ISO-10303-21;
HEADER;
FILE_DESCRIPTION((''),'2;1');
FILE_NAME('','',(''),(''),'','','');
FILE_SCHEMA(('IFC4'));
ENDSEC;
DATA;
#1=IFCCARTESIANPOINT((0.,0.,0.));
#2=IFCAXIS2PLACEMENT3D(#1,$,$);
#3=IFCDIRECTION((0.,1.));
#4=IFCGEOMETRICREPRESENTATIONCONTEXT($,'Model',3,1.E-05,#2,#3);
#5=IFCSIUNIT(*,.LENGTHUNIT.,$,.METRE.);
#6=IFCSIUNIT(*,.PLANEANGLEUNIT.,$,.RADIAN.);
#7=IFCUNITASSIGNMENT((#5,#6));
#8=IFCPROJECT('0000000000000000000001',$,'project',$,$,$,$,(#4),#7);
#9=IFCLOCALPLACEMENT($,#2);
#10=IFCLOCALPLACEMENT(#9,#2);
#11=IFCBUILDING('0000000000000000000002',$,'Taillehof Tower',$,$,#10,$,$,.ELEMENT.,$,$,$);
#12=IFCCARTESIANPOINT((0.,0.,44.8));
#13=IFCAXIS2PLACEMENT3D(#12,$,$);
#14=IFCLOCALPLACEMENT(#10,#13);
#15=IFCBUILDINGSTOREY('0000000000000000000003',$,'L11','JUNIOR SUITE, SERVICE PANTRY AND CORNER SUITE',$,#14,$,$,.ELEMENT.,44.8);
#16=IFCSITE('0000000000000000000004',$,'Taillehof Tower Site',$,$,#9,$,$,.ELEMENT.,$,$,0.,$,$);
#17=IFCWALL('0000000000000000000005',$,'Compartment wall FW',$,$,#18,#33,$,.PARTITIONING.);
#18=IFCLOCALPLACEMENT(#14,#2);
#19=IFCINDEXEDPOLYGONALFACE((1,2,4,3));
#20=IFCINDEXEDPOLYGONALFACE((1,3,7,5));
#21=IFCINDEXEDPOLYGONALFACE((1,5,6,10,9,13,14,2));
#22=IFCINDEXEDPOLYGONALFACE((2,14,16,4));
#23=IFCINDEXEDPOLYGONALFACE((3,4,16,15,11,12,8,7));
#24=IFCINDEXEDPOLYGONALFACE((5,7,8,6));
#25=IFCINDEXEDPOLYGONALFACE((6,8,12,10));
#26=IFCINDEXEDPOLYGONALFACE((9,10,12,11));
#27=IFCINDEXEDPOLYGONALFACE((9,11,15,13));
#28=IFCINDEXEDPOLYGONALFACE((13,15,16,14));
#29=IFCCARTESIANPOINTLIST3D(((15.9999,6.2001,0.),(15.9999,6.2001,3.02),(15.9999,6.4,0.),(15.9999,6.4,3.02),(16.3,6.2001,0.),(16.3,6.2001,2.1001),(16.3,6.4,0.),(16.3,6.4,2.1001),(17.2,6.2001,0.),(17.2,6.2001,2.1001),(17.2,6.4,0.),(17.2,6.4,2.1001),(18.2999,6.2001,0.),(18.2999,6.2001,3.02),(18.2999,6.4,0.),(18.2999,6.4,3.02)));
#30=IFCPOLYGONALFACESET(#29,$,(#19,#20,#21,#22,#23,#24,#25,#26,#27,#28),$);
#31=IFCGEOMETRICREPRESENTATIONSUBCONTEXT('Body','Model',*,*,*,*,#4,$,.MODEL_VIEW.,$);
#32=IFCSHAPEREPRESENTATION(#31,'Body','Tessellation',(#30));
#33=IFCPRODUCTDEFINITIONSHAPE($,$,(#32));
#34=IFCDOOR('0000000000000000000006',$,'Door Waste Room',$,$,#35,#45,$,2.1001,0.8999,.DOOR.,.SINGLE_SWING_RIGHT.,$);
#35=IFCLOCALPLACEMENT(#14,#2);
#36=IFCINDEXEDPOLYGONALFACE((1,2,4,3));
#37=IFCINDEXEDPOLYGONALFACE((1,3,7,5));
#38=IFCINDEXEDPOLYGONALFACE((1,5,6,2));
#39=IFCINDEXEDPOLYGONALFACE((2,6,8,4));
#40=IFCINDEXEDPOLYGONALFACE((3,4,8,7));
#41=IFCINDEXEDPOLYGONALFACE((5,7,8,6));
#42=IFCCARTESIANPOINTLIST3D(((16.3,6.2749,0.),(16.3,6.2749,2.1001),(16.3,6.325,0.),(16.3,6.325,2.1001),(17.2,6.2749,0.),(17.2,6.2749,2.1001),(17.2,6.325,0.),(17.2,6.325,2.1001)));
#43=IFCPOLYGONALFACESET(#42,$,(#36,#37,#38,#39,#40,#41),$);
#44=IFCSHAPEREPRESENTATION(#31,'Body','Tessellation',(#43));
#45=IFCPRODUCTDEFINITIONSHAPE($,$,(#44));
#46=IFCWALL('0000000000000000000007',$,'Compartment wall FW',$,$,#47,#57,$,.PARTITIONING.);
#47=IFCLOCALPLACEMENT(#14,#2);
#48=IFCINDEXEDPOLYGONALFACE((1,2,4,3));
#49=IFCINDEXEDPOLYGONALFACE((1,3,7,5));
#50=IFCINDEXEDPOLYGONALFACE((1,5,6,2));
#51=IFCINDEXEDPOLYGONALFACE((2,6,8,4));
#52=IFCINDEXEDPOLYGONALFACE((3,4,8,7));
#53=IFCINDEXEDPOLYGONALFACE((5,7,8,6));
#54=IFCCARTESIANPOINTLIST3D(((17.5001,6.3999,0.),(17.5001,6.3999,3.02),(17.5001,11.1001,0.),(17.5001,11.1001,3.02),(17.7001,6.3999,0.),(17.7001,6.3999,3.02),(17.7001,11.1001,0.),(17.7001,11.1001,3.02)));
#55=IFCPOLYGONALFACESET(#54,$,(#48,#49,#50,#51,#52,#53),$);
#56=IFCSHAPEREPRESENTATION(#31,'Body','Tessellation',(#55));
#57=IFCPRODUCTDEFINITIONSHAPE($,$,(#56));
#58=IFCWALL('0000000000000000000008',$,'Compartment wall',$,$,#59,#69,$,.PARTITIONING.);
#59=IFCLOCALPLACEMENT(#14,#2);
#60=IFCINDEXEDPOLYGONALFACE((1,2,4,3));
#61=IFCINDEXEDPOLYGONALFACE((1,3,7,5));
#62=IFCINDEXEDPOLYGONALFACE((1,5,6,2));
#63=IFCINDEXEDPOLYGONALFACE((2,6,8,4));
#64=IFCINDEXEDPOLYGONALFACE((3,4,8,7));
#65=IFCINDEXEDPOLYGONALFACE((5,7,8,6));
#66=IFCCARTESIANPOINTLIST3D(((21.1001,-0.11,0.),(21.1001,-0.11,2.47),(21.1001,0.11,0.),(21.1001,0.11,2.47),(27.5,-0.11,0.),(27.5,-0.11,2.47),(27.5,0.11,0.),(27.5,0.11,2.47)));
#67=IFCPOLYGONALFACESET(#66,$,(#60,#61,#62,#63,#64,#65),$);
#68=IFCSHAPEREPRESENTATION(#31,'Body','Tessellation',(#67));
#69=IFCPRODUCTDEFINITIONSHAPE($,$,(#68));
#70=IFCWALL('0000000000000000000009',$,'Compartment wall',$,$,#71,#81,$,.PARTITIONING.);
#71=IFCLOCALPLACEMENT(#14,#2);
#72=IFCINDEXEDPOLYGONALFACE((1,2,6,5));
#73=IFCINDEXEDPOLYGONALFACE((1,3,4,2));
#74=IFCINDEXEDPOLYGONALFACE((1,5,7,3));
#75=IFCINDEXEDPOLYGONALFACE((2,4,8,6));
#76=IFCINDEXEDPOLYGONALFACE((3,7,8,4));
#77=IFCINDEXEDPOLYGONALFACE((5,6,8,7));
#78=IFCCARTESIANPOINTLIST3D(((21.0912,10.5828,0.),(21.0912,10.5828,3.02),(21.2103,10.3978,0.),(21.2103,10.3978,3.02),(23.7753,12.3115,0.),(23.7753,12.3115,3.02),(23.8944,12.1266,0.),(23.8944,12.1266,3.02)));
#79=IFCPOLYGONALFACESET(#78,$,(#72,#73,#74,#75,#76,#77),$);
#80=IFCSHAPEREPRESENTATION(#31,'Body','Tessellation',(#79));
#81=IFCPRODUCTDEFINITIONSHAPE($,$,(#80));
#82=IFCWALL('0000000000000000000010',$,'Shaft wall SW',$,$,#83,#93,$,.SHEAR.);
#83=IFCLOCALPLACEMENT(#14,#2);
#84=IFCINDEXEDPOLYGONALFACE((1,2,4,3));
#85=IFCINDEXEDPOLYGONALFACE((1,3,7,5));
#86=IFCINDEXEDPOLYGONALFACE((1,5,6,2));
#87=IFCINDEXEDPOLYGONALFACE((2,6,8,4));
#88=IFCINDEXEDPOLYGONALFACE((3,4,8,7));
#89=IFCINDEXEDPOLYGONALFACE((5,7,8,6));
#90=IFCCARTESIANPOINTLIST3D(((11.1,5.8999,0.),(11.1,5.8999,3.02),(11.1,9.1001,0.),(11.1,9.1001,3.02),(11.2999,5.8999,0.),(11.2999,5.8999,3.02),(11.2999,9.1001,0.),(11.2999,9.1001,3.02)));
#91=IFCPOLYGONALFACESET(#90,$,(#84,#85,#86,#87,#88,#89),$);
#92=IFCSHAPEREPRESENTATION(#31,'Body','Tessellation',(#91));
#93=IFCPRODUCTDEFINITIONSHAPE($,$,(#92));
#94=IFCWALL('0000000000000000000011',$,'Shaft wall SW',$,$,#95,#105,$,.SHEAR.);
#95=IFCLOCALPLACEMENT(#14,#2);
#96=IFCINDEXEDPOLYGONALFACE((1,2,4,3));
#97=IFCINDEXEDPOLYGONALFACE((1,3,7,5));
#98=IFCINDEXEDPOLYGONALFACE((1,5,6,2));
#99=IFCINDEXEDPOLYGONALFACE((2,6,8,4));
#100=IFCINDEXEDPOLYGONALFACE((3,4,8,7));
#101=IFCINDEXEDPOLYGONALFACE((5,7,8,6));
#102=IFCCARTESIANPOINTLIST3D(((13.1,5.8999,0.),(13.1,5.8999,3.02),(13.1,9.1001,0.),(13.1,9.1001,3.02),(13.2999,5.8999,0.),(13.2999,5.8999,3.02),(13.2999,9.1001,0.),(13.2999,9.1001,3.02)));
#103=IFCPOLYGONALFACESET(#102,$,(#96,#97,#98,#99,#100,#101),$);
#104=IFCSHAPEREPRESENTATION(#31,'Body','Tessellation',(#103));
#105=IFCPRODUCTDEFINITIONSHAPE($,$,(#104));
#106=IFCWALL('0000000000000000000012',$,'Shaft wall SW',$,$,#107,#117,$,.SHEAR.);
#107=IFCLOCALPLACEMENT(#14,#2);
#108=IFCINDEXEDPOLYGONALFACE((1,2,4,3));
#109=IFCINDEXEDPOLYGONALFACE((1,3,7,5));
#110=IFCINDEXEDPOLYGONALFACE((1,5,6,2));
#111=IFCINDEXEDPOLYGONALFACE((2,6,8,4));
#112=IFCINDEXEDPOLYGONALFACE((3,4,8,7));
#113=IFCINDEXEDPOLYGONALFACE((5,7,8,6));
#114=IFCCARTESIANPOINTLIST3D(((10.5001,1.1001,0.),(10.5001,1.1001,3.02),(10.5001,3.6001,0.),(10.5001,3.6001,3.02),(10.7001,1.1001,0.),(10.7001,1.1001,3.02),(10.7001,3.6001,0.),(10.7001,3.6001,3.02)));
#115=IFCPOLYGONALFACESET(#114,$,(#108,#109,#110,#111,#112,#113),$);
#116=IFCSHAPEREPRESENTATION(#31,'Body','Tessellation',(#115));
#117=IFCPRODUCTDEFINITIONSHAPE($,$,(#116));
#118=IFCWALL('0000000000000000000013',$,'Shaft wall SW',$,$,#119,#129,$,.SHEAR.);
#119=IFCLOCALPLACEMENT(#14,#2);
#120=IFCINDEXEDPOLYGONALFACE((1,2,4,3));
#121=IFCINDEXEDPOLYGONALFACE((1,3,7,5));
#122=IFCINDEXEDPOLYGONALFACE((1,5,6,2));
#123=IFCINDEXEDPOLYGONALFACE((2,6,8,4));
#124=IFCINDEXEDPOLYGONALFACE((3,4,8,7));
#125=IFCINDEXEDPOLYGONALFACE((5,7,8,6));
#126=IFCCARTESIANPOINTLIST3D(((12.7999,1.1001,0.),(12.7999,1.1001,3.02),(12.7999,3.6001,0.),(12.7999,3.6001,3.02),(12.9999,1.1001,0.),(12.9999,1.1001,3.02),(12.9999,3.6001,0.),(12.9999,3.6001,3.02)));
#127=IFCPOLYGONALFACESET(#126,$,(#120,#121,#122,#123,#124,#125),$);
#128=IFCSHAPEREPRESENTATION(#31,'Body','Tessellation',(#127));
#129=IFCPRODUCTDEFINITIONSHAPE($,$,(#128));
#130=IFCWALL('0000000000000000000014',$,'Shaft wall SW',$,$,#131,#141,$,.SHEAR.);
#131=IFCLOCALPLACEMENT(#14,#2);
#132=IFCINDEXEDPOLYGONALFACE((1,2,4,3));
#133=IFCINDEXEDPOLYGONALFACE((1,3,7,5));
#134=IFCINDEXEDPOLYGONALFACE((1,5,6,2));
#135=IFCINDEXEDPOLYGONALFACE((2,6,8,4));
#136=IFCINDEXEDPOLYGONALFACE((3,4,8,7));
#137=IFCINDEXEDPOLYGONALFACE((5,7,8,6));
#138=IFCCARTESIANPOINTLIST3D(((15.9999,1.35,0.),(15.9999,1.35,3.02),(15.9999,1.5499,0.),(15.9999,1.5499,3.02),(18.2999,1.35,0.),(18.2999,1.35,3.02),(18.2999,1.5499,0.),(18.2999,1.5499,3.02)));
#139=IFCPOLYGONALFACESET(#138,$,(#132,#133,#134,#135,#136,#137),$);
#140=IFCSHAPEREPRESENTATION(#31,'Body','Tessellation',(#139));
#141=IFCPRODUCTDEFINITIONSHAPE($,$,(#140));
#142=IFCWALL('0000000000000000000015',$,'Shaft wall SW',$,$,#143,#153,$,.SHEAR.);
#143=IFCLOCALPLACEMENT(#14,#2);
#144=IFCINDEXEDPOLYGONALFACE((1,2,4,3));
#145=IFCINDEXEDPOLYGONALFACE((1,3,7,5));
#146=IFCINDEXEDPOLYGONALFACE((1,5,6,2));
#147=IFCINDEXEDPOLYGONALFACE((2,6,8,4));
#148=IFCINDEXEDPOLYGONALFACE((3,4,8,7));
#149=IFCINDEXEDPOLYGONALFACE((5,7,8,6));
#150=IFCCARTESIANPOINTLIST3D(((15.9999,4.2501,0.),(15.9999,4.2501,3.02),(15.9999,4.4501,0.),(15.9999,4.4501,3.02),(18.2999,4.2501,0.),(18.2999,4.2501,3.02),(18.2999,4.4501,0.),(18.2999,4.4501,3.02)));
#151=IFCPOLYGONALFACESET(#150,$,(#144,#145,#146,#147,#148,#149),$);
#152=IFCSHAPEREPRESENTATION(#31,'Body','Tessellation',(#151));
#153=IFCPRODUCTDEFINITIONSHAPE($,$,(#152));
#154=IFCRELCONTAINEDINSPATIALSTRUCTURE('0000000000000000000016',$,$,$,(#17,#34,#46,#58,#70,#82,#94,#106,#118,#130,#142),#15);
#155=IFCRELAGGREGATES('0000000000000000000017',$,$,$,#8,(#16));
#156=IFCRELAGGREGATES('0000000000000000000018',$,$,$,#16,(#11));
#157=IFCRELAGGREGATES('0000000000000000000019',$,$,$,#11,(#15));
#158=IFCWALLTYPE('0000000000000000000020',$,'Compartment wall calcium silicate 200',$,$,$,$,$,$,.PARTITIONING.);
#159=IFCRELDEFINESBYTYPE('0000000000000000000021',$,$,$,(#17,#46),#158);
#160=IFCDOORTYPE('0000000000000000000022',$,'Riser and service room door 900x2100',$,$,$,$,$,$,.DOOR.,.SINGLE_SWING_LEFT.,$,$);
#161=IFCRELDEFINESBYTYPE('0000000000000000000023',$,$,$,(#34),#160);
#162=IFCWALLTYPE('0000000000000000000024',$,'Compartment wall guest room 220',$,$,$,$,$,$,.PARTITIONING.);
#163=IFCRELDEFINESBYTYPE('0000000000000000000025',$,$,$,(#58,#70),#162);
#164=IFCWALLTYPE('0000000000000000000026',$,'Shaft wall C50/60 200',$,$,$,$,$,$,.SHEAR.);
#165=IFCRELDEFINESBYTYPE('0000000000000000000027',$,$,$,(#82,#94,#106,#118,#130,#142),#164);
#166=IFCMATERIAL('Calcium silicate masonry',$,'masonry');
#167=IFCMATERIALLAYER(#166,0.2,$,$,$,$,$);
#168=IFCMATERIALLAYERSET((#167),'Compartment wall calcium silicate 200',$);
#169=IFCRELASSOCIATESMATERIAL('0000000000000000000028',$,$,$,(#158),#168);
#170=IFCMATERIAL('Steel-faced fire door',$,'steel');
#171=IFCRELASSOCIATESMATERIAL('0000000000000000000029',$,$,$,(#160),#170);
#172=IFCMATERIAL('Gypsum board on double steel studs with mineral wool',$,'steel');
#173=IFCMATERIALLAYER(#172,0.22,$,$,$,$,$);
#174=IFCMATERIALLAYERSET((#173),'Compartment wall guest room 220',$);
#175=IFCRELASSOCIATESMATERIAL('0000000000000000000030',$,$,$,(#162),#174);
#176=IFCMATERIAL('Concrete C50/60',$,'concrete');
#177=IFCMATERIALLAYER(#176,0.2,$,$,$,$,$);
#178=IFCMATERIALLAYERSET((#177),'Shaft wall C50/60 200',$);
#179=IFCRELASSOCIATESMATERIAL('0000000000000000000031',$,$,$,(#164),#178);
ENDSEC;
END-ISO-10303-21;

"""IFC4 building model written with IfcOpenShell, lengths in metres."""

from ifc_helpers import new_model, si_unit, direction, frame, frame_2d, origin, place, context, subcontext, project, spatial, rectangle, extrude, material, layer, layer_set, type_object, element, fill, save


model = new_model("IFC4")

# Units and contexts
model_context = context("Model", 3, precision=1e-05, world=origin(), true_north=direction((0.0, 1.0)))
body_context = subcontext(model_context, "Body", "Model", "MODEL_VIEW")
ifc_project = project(units=[si_unit("LENGTHUNIT", "METRE"), si_unit("PLANEANGLEUNIT", "RADIAN")], contexts=[model_context])

# Site, building, storey
site_placement = place(None, origin())
site = spatial("IfcSite", under=ifc_project, at=site_placement, Name="Taillehof Tower Site", CompositionType="ELEMENT", RefElevation=0.0)
building_placement = place(site_placement, origin())
building = spatial("IfcBuilding", under=site, at=building_placement, Name="Taillehof Tower", CompositionType="ELEMENT")
storey_placement = place(building_placement, frame((0.0, 0.0, 44.8)))
storey = spatial("IfcBuildingStorey", under=building, at=storey_placement, Name="L11", Description="JUNIOR SUITE, SERVICE PANTRY AND CORNER SUITE", CompositionType="ELEMENT", Elevation=44.8)

# Wall, opening, door
ifc_material_1 = material(Name="Calcium silicate masonry", Category="masonry")
ifc_layer_1 = layer(ifc_material_1, 0.2)
ifc_layer_set_1 = layer_set([ifc_layer_1], Name="Compartment wall calcium silicate 200")
wall_type_1 = type_object("IfcWallType", Name="Compartment wall calcium silicate 200", PredefinedType="PARTITIONING", material=ifc_layer_set_1)
wall_1_placement = place(storey_placement, frame((16.0, 6.3, 0.0), z_axis=(0.0, 0.0, 1.0), x_axis=(1.0, 0.0, 0.0)))
wall_1 = element("IfcWall", 1, at=wall_1_placement, inside=storey, type_object=wall_type_1, Name="Compartment wall FW", PredefinedType="PARTITIONING", context=body_context, shape_type="SweptSolid", body=[
    extrude(rectangle(XDim=2.3, YDim=0.2, at=frame_2d((1.1499, 0.0))), origin(), (0.0, 0.0, 1.0), 3.02),
])
opening_1_placement = place(wall_1_placement, frame((0.3, 0.0, 0.0)))
opening_1 = element("IfcOpeningElement", 2, at=opening_1_placement, cuts=wall_1, PredefinedType="OPENING", context=body_context, shape_type="SweptSolid", body=[
    extrude(rectangle(XDim=0.8999, YDim=2.1001, at=frame_2d((0.45, 1.05))), frame((0.0, 0.1099, 0.0), z_axis=(0.0, -1.0, 0.0), x_axis=(1.0, 0.0, 0.0)), (0.0, 0.0, 1.0), 0.22),
])
ifc_material_2 = material(Name="Steel-faced fire door", Category="steel")
door_type = type_object("IfcDoorType", Name="Riser and service room door 900x2100", OperationType="SINGLE_SWING_LEFT", PredefinedType="DOOR", material=ifc_material_2)
door_placement = place(opening_1_placement, origin())
door = element("IfcDoor", 3, at=door_placement, inside=storey, type_object=door_type, Name="Door Waste Room", OperationType="SINGLE_SWING_RIGHT", OverallHeight=2.1001, OverallWidth=0.8999, PredefinedType="DOOR", context=body_context, shape_type="SweptSolid", body=[
    extrude(rectangle(XDim=0.8999, YDim=2.1001, at=frame_2d((0.45, 1.05))), frame((0.0, 0.0249, 0.0), z_axis=(0.0, -1.0, 0.0), x_axis=(1.0, 0.0, 0.0)), (0.0, 0.0, 1.0), 0.05),
])
fill(opening_1, door)

# Walls
wall_2_placement = place(storey_placement, frame((17.6001, 6.3999, 0.0), z_axis=(0.0, 0.0, 1.0), x_axis=(0.0, 1.0, 0.0)))
element("IfcWall", 4, at=wall_2_placement, inside=storey, type_object=wall_type_1, Name="Compartment wall FW", PredefinedType="PARTITIONING", context=body_context, shape_type="SweptSolid", body=[
    extrude(rectangle(XDim=4.7002, YDim=0.2, at=frame_2d((2.3501, 0.0))), origin(), (0.0, 0.0, 1.0), 3.02),
])
ifc_material_3 = material(Name="Gypsum board on double steel studs with mineral wool", Category="steel")
ifc_layer_2 = layer(ifc_material_3, 0.22)
ifc_layer_set_2 = layer_set([ifc_layer_2], Name="Compartment wall guest room 220")
wall_type_2 = type_object("IfcWallType", Name="Compartment wall guest room 220", PredefinedType="PARTITIONING", material=ifc_layer_set_2)
wall_3_placement = place(storey_placement, frame((27.5, 0.0, 0.0), z_axis=(0.0, 0.0, 1.0), x_axis=(-1.0, 0.0, 0.0)))
element("IfcWall", 5, at=wall_3_placement, inside=storey, type_object=wall_type_2, Name="Compartment wall", PredefinedType="PARTITIONING", context=body_context, shape_type="SweptSolid", body=[
    extrude(rectangle(XDim=6.3999, YDim=0.22, at=frame_2d((3.2, 0.0))), origin(), (0.0, 0.0, 1.0), 2.47),
])
wall_4_placement = place(storey_placement, frame((23.8347, 12.219, 0.0), z_axis=(0.0, 0.0, 1.0), x_axis=(-0.840711, -0.541484, 0.0)))
element("IfcWall", 6, at=wall_4_placement, inside=storey, type_object=wall_type_2, Name="Compartment wall", PredefinedType="PARTITIONING", context=body_context, shape_type="SweptSolid", body=[
    extrude(rectangle(XDim=3.1926, YDim=0.22, at=frame_2d((1.5962, 0.0))), origin(), (0.0, 0.0, 1.0), 3.02),
])
ifc_material_4 = material(Name="Concrete C50/60", Category="concrete")
ifc_layer_3 = layer(ifc_material_4, 0.2)
ifc_layer_set_3 = layer_set([ifc_layer_3], Name="Shaft wall C50/60 200")
wall_type_3 = type_object("IfcWallType", Name="Shaft wall C50/60 200", PredefinedType="SHEAR", material=ifc_layer_set_3)
for number, where, z_axis, x_axis, name in (
    (7, (11.2, 5.8999, 0.0), (0.0, 0.0, 1.0), (0.0, 1.0, 0.0), "Shaft wall SW"),
    (8, (13.2, 5.8999, 0.0), (0.0, 0.0, 1.0), (0.0, 1.0, 0.0), "Shaft wall SW"),
):
    element("IfcWall", number, at=place(storey_placement, frame(where, z_axis=z_axis, x_axis=x_axis)), inside=storey, type_object=wall_type_3, Name=name, PredefinedType="SHEAR", context=body_context, shape_type="SweptSolid", body=[
        extrude(rectangle(XDim=3.2002, YDim=0.2, at=frame_2d((1.6001, 0.0))), origin(), (0.0, 0.0, 1.0), 3.02),
    ])
for number, where, z_axis, x_axis, name in (
    (9, (10.6001, 1.1001, 0.0), (0.0, 0.0, 1.0), (0.0, 1.0, 0.0), "Shaft wall SW"),
    (10, (12.8999, 1.1001, 0.0), (0.0, 0.0, 1.0), (0.0, 1.0, 0.0), "Shaft wall SW"),
):
    element("IfcWall", number, at=place(storey_placement, frame(where, z_axis=z_axis, x_axis=x_axis)), inside=storey, type_object=wall_type_3, Name=name, PredefinedType="SHEAR", context=body_context, shape_type="SweptSolid", body=[
        extrude(rectangle(XDim=2.5, YDim=0.2, at=frame_2d((1.25, 0.0))), origin(), (0.0, 0.0, 1.0), 3.02),
    ])
for number, where, z_axis, x_axis, name in (
    (11, (16.0, 1.45, 0.0), (0.0, 0.0, 1.0), (1.0, 0.0, 0.0), "Shaft wall SW"),
    (12, (16.0, 4.3501, 0.0), (0.0, 0.0, 1.0), (1.0, 0.0, 0.0), "Shaft wall SW"),
):
    element("IfcWall", number, at=place(storey_placement, frame(where, z_axis=z_axis, x_axis=x_axis)), inside=storey, type_object=wall_type_3, Name=name, PredefinedType="SHEAR", context=body_context, shape_type="SweptSolid", body=[
        extrude(rectangle(XDim=2.3, YDim=0.2, at=frame_2d((1.1499, 0.0))), origin(), (0.0, 0.0, 1.0), 3.02),
    ])

save(model, "model.ifc")
